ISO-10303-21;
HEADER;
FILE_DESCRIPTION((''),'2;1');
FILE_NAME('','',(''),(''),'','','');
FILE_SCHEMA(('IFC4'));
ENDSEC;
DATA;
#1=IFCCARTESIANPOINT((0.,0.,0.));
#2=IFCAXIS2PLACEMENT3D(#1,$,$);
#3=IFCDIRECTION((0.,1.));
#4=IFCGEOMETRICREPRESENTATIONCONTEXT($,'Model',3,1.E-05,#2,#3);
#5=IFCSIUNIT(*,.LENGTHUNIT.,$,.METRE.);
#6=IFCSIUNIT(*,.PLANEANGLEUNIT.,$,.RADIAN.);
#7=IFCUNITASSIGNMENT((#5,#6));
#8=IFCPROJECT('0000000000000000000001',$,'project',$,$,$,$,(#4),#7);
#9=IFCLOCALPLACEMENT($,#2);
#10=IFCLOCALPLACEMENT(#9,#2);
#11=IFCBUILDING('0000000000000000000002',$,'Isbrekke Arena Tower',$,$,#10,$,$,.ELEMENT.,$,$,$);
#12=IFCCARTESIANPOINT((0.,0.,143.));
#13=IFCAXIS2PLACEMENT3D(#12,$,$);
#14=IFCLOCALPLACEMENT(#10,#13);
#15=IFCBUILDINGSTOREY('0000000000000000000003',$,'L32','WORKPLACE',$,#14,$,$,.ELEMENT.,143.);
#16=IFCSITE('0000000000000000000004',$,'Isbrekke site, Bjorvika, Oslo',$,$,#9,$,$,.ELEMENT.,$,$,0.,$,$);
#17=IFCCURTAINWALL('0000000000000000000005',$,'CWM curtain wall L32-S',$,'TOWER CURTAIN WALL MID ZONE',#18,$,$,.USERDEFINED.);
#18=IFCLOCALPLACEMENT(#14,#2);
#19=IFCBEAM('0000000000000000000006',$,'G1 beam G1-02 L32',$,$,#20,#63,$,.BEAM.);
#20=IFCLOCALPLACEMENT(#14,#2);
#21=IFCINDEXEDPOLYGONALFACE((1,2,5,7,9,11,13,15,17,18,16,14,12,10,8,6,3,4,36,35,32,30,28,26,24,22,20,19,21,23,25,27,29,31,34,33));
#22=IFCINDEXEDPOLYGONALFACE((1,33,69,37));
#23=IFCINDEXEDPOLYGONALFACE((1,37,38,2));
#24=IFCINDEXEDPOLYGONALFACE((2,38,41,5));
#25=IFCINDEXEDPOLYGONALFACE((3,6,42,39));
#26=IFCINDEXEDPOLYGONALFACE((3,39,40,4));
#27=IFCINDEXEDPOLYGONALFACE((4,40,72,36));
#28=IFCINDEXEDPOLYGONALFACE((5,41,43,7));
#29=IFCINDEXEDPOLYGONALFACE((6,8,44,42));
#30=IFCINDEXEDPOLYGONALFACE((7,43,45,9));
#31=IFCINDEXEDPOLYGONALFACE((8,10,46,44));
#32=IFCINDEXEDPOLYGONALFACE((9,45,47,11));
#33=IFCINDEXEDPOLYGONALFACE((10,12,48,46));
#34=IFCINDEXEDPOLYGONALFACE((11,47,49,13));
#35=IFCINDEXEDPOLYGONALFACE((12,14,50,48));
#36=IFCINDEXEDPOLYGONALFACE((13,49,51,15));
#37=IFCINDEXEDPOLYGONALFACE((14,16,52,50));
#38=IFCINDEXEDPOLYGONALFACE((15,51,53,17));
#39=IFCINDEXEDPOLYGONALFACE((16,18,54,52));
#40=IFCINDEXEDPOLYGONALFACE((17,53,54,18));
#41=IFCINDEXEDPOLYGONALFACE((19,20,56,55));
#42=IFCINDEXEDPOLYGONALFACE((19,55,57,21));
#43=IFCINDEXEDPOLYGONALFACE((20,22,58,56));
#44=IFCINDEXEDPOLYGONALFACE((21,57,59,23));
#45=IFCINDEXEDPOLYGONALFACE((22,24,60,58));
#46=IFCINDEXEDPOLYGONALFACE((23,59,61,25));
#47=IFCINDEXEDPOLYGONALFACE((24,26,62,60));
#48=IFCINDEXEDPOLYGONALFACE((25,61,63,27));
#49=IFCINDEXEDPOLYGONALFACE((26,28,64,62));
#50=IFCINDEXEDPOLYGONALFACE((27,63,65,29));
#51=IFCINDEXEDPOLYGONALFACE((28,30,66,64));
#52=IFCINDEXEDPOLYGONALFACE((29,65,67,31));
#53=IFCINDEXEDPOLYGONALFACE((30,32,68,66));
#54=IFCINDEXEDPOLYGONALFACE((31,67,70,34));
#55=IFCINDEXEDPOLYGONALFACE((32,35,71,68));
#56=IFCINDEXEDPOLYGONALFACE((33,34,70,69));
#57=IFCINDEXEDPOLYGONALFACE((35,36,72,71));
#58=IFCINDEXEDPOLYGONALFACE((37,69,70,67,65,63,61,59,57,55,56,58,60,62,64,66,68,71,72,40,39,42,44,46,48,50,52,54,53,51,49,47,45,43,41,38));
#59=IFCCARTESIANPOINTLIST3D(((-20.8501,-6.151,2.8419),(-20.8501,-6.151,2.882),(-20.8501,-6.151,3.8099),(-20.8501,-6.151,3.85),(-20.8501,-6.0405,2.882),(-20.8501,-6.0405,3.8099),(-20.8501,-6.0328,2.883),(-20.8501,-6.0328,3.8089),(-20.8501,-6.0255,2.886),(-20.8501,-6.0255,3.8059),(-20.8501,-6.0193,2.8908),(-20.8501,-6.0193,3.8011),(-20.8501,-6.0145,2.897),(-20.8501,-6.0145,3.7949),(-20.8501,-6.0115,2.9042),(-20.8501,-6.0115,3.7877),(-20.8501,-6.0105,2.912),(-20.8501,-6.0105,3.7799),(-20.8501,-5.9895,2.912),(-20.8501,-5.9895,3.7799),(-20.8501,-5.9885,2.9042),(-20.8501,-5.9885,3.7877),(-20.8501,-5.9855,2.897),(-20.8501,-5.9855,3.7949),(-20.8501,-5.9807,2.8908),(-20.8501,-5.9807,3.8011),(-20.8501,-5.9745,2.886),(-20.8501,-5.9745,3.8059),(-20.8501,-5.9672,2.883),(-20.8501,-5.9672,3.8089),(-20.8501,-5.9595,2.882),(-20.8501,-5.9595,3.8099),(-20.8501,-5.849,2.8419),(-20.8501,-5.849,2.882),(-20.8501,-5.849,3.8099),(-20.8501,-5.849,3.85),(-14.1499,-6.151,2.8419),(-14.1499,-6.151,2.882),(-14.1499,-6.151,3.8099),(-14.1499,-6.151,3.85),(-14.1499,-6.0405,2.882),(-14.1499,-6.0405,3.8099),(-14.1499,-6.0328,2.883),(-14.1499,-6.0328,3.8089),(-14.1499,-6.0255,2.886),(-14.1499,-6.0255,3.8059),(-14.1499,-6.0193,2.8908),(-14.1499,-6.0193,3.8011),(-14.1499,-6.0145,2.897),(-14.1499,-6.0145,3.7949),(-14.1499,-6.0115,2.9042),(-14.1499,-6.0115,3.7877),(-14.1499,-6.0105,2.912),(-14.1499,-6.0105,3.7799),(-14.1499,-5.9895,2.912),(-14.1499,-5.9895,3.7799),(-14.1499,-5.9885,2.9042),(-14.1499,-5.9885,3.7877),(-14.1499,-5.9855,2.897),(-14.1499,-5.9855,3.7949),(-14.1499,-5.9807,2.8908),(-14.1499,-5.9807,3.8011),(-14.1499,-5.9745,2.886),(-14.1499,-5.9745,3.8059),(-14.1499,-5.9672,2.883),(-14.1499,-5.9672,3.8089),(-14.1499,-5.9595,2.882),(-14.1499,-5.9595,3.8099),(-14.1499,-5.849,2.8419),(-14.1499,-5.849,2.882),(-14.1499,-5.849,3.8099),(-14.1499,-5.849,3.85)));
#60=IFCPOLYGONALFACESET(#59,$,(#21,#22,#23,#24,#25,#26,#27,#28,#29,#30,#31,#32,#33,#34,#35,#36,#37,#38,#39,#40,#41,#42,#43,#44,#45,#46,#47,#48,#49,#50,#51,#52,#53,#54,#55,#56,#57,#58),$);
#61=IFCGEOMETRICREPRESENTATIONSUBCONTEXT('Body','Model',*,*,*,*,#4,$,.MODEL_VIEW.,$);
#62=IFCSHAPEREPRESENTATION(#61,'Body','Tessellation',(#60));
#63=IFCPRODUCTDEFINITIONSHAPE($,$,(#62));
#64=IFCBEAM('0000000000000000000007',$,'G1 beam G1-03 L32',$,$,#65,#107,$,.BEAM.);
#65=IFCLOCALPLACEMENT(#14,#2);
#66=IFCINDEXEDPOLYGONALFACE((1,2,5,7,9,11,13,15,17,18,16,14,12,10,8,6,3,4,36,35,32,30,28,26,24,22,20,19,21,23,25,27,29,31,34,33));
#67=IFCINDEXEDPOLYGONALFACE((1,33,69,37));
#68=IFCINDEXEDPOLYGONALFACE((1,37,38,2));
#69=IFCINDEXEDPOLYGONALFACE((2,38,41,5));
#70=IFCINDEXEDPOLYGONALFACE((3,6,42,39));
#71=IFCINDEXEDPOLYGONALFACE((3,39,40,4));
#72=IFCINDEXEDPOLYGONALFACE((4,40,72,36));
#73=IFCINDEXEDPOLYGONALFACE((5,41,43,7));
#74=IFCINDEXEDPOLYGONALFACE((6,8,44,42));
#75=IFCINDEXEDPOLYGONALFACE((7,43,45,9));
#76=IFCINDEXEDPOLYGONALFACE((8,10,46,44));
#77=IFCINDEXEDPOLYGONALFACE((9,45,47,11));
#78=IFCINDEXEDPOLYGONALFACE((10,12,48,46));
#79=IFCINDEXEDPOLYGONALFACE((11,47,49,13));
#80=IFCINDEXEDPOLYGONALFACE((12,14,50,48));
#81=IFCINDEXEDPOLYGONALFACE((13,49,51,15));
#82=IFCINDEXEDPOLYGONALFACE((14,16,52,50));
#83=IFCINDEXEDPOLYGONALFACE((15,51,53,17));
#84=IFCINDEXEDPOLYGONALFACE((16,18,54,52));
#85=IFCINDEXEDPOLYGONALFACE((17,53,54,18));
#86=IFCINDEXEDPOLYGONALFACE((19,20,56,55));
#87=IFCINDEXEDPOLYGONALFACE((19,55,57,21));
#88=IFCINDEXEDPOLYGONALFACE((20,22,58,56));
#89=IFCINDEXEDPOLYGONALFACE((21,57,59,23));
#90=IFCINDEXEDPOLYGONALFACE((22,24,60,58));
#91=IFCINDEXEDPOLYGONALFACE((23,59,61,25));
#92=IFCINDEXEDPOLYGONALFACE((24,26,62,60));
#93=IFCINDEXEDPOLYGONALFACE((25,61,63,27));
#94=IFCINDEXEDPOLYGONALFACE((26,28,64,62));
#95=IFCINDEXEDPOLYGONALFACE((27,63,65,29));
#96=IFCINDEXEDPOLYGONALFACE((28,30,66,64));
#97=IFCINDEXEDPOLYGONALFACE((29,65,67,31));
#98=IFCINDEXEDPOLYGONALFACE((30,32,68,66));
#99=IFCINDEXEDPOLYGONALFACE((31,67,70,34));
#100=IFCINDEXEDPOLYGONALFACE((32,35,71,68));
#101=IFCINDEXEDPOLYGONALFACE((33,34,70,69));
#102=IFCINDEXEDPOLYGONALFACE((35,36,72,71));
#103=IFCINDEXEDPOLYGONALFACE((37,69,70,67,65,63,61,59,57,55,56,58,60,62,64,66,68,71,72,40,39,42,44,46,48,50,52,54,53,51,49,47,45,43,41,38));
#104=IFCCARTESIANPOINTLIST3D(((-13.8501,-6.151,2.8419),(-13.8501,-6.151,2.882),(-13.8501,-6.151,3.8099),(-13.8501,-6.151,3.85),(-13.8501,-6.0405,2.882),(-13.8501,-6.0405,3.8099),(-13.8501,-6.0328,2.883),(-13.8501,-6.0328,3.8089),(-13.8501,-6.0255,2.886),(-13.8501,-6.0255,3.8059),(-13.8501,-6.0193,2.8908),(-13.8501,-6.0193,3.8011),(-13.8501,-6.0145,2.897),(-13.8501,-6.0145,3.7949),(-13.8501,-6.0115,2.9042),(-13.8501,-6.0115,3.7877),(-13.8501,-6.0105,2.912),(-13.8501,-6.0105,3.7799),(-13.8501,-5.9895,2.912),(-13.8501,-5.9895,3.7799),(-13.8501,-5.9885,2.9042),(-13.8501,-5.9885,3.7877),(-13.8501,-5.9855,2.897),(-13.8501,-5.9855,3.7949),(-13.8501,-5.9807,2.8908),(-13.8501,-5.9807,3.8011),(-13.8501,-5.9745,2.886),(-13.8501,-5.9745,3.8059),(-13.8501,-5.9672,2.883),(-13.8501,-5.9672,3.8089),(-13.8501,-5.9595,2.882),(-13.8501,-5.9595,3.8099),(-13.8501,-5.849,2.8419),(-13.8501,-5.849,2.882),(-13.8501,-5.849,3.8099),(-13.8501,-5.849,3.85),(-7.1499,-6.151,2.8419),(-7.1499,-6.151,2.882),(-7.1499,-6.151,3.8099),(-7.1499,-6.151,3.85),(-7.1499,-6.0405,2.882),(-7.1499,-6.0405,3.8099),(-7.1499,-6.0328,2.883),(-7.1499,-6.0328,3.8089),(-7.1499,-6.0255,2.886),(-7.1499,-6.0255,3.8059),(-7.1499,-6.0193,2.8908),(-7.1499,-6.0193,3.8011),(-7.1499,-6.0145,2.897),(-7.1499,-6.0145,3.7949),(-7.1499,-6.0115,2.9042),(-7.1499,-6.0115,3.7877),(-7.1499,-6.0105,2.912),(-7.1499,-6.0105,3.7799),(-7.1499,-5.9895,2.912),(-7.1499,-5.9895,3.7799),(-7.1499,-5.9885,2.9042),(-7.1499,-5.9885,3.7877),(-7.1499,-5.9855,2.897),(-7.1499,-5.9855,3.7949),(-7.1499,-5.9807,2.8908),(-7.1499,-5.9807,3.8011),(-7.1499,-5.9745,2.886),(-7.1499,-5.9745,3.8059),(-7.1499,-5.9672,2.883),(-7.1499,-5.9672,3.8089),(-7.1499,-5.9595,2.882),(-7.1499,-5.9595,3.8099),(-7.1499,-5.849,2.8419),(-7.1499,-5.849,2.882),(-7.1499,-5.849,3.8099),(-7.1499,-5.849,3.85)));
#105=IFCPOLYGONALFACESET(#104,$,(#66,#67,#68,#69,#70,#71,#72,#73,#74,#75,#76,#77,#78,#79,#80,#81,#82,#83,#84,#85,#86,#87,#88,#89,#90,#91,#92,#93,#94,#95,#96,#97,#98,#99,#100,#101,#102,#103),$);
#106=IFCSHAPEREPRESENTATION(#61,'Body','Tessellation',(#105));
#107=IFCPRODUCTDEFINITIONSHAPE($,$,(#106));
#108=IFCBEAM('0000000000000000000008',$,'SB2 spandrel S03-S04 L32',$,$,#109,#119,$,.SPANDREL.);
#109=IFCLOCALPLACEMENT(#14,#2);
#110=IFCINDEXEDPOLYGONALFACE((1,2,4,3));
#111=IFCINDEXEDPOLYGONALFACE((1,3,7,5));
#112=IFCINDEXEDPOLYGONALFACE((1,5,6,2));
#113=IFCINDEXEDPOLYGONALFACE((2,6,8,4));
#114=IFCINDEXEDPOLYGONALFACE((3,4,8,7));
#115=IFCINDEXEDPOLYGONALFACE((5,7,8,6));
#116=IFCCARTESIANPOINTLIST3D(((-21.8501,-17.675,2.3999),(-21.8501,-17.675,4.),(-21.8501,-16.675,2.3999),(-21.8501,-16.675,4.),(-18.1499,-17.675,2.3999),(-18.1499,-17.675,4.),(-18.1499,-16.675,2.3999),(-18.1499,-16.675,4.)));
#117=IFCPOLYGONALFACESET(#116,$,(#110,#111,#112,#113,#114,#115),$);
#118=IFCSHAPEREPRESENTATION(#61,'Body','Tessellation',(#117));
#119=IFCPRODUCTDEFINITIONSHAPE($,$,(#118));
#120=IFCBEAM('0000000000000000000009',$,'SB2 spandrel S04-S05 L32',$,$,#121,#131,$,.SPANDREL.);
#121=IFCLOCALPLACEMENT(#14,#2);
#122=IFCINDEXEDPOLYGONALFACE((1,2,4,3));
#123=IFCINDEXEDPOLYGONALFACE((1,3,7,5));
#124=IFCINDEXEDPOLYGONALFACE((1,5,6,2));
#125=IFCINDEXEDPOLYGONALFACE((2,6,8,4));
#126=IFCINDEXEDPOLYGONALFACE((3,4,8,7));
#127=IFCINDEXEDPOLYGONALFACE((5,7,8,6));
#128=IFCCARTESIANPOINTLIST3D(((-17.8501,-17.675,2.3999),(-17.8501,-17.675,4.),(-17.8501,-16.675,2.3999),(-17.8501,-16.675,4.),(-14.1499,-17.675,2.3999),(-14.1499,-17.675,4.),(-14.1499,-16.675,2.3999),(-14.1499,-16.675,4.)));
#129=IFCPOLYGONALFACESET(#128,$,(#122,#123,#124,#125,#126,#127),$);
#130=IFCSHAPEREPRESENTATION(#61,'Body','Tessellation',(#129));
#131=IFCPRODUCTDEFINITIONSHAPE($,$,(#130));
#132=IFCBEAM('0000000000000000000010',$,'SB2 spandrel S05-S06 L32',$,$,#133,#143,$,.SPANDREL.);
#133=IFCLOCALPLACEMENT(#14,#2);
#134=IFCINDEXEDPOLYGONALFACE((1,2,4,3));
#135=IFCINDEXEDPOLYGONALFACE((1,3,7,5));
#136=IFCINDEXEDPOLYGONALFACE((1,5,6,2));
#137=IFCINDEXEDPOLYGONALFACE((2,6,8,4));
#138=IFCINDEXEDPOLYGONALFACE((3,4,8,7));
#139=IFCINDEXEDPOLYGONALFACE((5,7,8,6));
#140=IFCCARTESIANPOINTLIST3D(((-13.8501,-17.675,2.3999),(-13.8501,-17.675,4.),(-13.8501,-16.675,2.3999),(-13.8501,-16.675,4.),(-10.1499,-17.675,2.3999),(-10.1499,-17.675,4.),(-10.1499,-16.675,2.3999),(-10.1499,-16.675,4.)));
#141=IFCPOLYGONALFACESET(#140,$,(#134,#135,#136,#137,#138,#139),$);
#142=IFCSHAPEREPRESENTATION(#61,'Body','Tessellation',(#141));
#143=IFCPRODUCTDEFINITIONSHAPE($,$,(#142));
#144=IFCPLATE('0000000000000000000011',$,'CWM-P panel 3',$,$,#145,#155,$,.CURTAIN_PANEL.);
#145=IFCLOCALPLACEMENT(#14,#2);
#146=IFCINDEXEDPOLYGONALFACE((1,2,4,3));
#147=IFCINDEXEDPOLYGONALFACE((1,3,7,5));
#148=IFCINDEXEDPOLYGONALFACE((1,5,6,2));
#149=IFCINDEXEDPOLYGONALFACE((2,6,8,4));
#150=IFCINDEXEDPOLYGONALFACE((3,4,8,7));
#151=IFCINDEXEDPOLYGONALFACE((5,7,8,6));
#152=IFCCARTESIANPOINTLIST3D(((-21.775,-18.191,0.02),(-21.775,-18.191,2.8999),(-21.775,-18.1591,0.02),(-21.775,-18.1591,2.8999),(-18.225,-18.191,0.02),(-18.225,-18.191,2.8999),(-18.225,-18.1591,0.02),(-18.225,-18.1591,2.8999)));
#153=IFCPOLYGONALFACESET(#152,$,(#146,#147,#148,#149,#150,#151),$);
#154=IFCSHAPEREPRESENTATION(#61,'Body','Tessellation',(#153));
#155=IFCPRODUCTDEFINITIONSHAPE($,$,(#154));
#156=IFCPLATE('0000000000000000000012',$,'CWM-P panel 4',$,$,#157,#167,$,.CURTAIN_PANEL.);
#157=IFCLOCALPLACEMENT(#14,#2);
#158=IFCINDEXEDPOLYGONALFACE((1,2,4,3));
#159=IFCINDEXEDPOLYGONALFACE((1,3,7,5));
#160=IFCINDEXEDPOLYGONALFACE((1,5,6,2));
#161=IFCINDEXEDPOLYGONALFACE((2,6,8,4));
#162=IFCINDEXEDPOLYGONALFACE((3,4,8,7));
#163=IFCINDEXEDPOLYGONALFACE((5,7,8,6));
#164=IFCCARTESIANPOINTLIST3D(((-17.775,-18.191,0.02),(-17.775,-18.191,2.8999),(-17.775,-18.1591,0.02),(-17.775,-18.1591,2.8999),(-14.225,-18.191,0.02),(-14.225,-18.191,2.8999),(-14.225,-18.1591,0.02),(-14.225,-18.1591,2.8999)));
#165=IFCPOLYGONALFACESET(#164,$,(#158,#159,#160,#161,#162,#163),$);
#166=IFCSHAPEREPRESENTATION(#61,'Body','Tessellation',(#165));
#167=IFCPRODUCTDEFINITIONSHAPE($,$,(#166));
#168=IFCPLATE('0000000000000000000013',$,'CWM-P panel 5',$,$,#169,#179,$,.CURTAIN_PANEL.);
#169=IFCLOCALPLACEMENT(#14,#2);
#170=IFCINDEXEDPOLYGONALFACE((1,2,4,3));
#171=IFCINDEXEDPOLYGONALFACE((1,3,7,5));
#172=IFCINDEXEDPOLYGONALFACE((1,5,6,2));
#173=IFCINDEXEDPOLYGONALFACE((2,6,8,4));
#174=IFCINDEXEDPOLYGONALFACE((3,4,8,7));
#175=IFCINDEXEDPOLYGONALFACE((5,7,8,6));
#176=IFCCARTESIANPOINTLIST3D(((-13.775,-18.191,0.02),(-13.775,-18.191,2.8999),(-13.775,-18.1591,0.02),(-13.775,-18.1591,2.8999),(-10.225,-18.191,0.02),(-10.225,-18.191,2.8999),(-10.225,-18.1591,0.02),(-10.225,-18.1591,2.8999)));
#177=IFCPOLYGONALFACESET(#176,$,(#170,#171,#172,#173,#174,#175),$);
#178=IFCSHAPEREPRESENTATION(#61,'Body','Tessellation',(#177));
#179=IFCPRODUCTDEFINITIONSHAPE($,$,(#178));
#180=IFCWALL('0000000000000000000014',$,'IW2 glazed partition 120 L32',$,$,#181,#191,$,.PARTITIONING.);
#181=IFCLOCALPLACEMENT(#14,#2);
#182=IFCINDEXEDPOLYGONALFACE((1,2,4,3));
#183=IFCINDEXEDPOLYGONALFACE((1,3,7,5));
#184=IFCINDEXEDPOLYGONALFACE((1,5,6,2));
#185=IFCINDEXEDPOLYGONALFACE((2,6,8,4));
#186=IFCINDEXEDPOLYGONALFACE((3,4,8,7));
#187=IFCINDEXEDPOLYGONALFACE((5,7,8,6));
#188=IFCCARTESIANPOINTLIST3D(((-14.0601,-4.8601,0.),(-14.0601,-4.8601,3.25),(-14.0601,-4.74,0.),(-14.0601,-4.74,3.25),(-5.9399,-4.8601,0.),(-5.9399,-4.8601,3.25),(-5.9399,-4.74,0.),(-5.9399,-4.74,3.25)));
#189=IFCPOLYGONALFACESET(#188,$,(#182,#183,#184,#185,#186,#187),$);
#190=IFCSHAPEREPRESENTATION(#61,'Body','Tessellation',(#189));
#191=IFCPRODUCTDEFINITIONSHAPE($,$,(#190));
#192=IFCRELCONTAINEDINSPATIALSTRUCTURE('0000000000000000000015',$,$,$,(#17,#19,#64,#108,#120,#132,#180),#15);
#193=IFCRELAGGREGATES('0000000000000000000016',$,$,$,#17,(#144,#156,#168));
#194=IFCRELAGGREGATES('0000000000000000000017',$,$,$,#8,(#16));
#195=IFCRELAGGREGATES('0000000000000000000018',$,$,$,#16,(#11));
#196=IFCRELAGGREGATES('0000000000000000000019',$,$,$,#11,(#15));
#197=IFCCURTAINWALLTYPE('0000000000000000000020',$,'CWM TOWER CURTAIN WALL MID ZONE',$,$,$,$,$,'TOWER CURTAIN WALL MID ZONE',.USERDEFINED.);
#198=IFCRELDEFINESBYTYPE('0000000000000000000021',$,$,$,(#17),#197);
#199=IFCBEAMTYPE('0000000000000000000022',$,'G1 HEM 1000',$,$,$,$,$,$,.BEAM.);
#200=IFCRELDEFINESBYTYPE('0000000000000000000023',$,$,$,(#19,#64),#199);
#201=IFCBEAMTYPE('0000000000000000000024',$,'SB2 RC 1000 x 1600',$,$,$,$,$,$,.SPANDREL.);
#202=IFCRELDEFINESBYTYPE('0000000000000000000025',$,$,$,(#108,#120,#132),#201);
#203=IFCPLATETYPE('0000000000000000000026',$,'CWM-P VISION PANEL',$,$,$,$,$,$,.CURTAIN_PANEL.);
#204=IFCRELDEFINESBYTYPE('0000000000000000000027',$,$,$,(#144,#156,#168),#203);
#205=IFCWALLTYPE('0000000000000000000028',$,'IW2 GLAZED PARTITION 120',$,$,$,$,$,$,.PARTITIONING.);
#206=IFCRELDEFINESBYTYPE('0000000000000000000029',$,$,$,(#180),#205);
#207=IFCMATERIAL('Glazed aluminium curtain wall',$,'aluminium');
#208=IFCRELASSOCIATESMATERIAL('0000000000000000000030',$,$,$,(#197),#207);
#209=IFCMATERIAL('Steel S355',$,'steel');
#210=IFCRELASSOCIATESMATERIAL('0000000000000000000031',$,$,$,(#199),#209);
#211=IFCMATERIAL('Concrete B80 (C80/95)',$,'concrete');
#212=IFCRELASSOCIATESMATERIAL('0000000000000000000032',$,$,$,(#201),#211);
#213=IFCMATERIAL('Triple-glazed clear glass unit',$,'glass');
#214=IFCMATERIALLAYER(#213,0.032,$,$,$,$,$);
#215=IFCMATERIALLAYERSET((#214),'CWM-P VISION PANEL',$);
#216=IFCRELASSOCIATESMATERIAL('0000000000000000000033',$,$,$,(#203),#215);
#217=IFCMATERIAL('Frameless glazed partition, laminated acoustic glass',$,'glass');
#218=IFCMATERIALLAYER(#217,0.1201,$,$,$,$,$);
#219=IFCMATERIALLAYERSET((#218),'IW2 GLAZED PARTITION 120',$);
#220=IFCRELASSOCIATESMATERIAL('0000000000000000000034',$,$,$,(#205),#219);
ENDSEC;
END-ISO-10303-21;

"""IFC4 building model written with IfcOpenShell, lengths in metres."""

from ifc_helpers import new_model, si_unit, direction, frame, frame_2d, origin, origin_2d, place, context, subcontext, project, spatial, rectangle, i_section, extrude, material, layer, layer_set, material_profile, profile_set, type_object, element, aggregate, save


model = new_model("IFC4")

# Units and contexts
model_context = context("Model", 3, precision=1e-05, world=origin(), true_north=direction((0.0, 1.0)))
body_context = subcontext(model_context, "Body", "Model", "MODEL_VIEW")
ifc_project = project(units=[si_unit("LENGTHUNIT", "METRE"), si_unit("PLANEANGLEUNIT", "RADIAN")], contexts=[model_context])

# Site, building, storey
site_placement = place(None, origin())
site = spatial("IfcSite", under=ifc_project, at=site_placement, Name="Isbrekke site, Bjorvika, Oslo", CompositionType="ELEMENT", RefElevation=0.0)
building_placement = place(site_placement, origin())
building = spatial("IfcBuilding", under=site, at=building_placement, Name="Isbrekke Arena Tower", CompositionType="ELEMENT")
storey_placement = place(building_placement, frame((0.0, 0.0, 143.0)))
storey = spatial("IfcBuildingStorey", under=building, at=storey_placement, Name="L32", Description="WORKPLACE", CompositionType="ELEMENT", Elevation=143.0)

# Curtain wall
ifc_material_1 = material(Name="Glazed aluminium curtain wall", Category="aluminium")
curtain_wall_type = type_object("IfcCurtainWallType", Name="CWM TOWER CURTAIN WALL MID ZONE", ElementType="TOWER CURTAIN WALL MID ZONE", PredefinedType="USERDEFINED", material=ifc_material_1)
curtain_wall_placement = place(storey_placement, origin())
curtain_wall = element("IfcCurtainWall", 1, at=curtain_wall_placement, inside=storey, type_object=curtain_wall_type, Name="CWM curtain wall L32-S", ObjectType="TOWER CURTAIN WALL MID ZONE", PredefinedType="USERDEFINED")

# Beams
ifc_material_2 = material(Name="Steel S355", Category="steel")
ifc_material_profile_1 = material_profile(ifc_material_2, i_section(OverallWidth=0.302, OverallDepth=1.0081, WebThickness=0.021, FlangeThickness=0.04, FilletRadius=0.03, at=origin_2d()), Name="HEM 1000")
ifc_profile_set_1 = profile_set([ifc_material_profile_1], Name="Steel S355")
beam_type_1 = type_object("IfcBeamType", Name="G1 HEM 1000", PredefinedType="BEAM", material=ifc_profile_set_1)
for number, where, z_axis, x_axis, name in (
    (2, (-20.8501, -6.0, 3.3459), (1.0, 0.0, 0.0), (0.0, 1.0, 0.0), "G1 beam G1-02 L32"),
    (3, (-13.8501, -6.0, 3.3459), (1.0, 0.0, 0.0), (0.0, 1.0, 0.0), "G1 beam G1-03 L32"),
):
    element("IfcBeam", number, at=place(storey_placement, frame(where, z_axis=z_axis, x_axis=x_axis)), inside=storey, type_object=beam_type_1, Name=name, PredefinedType="BEAM", context=body_context, shape_type="SweptSolid", body=[
        extrude(i_section(OverallWidth=0.302, OverallDepth=1.0081, WebThickness=0.021, FlangeThickness=0.04, FilletRadius=0.03, at=origin_2d()), origin(), (0.0, 0.0, 1.0), 6.7002),
    ])
ifc_material_3 = material(Name="Concrete B80 (C80/95)", Category="concrete")
ifc_material_profile_2 = material_profile(ifc_material_3, rectangle(XDim=1.0, YDim=1.6001, at=origin_2d()), Name="RC 1000x1600")
ifc_profile_set_2 = profile_set([ifc_material_profile_2], Name="Concrete B80 (C80/95)")
beam_type_2 = type_object("IfcBeamType", Name="SB2 RC 1000 x 1600", PredefinedType="SPANDREL", material=ifc_profile_set_2)
for number, where, z_axis, x_axis, name in (
    (4, (-21.8501, -17.175, 3.2), (1.0, 0.0, 0.0), (0.0, 1.0, 0.0), "SB2 spandrel S03-S04 L32"),
    (5, (-17.8501, -17.175, 3.2), (1.0, 0.0, 0.0), (0.0, 1.0, 0.0), "SB2 spandrel S04-S05 L32"),
    (6, (-13.8501, -17.175, 3.2), (1.0, 0.0, 0.0), (0.0, 1.0, 0.0), "SB2 spandrel S05-S06 L32"),
):
    element("IfcBeam", number, at=place(storey_placement, frame(where, z_axis=z_axis, x_axis=x_axis)), inside=storey, type_object=beam_type_2, Name=name, PredefinedType="SPANDREL", context=body_context, shape_type="SweptSolid", body=[
        extrude(rectangle(XDim=1.0, YDim=1.6001, at=origin_2d()), origin(), (0.0, 0.0, 1.0), 3.7002),
    ])

# Plates
ifc_material_4 = material(Name="Triple-glazed clear glass unit", Category="glass")
ifc_layer_1 = layer(ifc_material_4, 0.032)
ifc_layer_set_1 = layer_set([ifc_layer_1], Name="CWM-P VISION PANEL")
plate_type = type_object("IfcPlateType", Name="CWM-P VISION PANEL", PredefinedType="CURTAIN_PANEL", material=ifc_layer_set_1)
plate_1_placement = place(storey_placement, frame((-20.0, -18.175, 0.02), z_axis=(0.0, 0.0, 1.0), x_axis=(1.0, 0.0, 0.0)))
plate_1 = element("IfcPlate", 7, at=plate_1_placement, type_object=plate_type, Name="CWM-P panel 3", PredefinedType="CURTAIN_PANEL", context=body_context, shape_type="SweptSolid", body=[
    extrude(rectangle(XDim=3.55, YDim=0.032, at=origin_2d()), origin(), (0.0, 0.0, 1.0), 2.8799),
])
plate_2_placement = place(storey_placement, frame((-16.0, -18.175, 0.02), z_axis=(0.0, 0.0, 1.0), x_axis=(1.0, 0.0, 0.0)))
plate_2 = element("IfcPlate", 8, at=plate_2_placement, type_object=plate_type, Name="CWM-P panel 4", PredefinedType="CURTAIN_PANEL", context=body_context, shape_type="SweptSolid", body=[
    extrude(rectangle(XDim=3.55, YDim=0.032, at=origin_2d()), origin(), (0.0, 0.0, 1.0), 2.8799),
])
plate_3_placement = place(storey_placement, frame((-12.0, -18.175, 0.02), z_axis=(0.0, 0.0, 1.0), x_axis=(1.0, 0.0, 0.0)))
plate_3 = element("IfcPlate", 9, at=plate_3_placement, type_object=plate_type, Name="CWM-P panel 5", PredefinedType="CURTAIN_PANEL", context=body_context, shape_type="SweptSolid", body=[
    extrude(rectangle(XDim=3.55, YDim=0.032, at=origin_2d()), origin(), (0.0, 0.0, 1.0), 2.8799),
])
aggregate(curtain_wall, [plate_1, plate_2, plate_3])

# Wall
ifc_material_5 = material(Name="Frameless glazed partition, laminated acoustic glass", Category="glass")
ifc_layer_2 = layer(ifc_material_5, 0.1201)
ifc_layer_set_2 = layer_set([ifc_layer_2], Name="IW2 GLAZED PARTITION 120")
wall_type = type_object("IfcWallType", Name="IW2 GLAZED PARTITION 120", PredefinedType="PARTITIONING", material=ifc_layer_set_2)
wall_1_placement = place(storey_placement, frame((-14.0601, -4.8, 0.0), z_axis=(0.0, 0.0, 1.0), x_axis=(1.0, 0.0, 0.0)))
element("IfcWall", 10, at=wall_1_placement, inside=storey, type_object=wall_type, Name="IW2 glazed partition 120 L32", PredefinedType="PARTITIONING", context=body_context, shape_type="SweptSolid", body=[
    extrude(rectangle(XDim=8.1201, YDim=0.1201, at=frame_2d((4.0601, 0.0))), origin(), (0.0, 0.0, 1.0), 3.25),
])

save(model, "model.ifc")
